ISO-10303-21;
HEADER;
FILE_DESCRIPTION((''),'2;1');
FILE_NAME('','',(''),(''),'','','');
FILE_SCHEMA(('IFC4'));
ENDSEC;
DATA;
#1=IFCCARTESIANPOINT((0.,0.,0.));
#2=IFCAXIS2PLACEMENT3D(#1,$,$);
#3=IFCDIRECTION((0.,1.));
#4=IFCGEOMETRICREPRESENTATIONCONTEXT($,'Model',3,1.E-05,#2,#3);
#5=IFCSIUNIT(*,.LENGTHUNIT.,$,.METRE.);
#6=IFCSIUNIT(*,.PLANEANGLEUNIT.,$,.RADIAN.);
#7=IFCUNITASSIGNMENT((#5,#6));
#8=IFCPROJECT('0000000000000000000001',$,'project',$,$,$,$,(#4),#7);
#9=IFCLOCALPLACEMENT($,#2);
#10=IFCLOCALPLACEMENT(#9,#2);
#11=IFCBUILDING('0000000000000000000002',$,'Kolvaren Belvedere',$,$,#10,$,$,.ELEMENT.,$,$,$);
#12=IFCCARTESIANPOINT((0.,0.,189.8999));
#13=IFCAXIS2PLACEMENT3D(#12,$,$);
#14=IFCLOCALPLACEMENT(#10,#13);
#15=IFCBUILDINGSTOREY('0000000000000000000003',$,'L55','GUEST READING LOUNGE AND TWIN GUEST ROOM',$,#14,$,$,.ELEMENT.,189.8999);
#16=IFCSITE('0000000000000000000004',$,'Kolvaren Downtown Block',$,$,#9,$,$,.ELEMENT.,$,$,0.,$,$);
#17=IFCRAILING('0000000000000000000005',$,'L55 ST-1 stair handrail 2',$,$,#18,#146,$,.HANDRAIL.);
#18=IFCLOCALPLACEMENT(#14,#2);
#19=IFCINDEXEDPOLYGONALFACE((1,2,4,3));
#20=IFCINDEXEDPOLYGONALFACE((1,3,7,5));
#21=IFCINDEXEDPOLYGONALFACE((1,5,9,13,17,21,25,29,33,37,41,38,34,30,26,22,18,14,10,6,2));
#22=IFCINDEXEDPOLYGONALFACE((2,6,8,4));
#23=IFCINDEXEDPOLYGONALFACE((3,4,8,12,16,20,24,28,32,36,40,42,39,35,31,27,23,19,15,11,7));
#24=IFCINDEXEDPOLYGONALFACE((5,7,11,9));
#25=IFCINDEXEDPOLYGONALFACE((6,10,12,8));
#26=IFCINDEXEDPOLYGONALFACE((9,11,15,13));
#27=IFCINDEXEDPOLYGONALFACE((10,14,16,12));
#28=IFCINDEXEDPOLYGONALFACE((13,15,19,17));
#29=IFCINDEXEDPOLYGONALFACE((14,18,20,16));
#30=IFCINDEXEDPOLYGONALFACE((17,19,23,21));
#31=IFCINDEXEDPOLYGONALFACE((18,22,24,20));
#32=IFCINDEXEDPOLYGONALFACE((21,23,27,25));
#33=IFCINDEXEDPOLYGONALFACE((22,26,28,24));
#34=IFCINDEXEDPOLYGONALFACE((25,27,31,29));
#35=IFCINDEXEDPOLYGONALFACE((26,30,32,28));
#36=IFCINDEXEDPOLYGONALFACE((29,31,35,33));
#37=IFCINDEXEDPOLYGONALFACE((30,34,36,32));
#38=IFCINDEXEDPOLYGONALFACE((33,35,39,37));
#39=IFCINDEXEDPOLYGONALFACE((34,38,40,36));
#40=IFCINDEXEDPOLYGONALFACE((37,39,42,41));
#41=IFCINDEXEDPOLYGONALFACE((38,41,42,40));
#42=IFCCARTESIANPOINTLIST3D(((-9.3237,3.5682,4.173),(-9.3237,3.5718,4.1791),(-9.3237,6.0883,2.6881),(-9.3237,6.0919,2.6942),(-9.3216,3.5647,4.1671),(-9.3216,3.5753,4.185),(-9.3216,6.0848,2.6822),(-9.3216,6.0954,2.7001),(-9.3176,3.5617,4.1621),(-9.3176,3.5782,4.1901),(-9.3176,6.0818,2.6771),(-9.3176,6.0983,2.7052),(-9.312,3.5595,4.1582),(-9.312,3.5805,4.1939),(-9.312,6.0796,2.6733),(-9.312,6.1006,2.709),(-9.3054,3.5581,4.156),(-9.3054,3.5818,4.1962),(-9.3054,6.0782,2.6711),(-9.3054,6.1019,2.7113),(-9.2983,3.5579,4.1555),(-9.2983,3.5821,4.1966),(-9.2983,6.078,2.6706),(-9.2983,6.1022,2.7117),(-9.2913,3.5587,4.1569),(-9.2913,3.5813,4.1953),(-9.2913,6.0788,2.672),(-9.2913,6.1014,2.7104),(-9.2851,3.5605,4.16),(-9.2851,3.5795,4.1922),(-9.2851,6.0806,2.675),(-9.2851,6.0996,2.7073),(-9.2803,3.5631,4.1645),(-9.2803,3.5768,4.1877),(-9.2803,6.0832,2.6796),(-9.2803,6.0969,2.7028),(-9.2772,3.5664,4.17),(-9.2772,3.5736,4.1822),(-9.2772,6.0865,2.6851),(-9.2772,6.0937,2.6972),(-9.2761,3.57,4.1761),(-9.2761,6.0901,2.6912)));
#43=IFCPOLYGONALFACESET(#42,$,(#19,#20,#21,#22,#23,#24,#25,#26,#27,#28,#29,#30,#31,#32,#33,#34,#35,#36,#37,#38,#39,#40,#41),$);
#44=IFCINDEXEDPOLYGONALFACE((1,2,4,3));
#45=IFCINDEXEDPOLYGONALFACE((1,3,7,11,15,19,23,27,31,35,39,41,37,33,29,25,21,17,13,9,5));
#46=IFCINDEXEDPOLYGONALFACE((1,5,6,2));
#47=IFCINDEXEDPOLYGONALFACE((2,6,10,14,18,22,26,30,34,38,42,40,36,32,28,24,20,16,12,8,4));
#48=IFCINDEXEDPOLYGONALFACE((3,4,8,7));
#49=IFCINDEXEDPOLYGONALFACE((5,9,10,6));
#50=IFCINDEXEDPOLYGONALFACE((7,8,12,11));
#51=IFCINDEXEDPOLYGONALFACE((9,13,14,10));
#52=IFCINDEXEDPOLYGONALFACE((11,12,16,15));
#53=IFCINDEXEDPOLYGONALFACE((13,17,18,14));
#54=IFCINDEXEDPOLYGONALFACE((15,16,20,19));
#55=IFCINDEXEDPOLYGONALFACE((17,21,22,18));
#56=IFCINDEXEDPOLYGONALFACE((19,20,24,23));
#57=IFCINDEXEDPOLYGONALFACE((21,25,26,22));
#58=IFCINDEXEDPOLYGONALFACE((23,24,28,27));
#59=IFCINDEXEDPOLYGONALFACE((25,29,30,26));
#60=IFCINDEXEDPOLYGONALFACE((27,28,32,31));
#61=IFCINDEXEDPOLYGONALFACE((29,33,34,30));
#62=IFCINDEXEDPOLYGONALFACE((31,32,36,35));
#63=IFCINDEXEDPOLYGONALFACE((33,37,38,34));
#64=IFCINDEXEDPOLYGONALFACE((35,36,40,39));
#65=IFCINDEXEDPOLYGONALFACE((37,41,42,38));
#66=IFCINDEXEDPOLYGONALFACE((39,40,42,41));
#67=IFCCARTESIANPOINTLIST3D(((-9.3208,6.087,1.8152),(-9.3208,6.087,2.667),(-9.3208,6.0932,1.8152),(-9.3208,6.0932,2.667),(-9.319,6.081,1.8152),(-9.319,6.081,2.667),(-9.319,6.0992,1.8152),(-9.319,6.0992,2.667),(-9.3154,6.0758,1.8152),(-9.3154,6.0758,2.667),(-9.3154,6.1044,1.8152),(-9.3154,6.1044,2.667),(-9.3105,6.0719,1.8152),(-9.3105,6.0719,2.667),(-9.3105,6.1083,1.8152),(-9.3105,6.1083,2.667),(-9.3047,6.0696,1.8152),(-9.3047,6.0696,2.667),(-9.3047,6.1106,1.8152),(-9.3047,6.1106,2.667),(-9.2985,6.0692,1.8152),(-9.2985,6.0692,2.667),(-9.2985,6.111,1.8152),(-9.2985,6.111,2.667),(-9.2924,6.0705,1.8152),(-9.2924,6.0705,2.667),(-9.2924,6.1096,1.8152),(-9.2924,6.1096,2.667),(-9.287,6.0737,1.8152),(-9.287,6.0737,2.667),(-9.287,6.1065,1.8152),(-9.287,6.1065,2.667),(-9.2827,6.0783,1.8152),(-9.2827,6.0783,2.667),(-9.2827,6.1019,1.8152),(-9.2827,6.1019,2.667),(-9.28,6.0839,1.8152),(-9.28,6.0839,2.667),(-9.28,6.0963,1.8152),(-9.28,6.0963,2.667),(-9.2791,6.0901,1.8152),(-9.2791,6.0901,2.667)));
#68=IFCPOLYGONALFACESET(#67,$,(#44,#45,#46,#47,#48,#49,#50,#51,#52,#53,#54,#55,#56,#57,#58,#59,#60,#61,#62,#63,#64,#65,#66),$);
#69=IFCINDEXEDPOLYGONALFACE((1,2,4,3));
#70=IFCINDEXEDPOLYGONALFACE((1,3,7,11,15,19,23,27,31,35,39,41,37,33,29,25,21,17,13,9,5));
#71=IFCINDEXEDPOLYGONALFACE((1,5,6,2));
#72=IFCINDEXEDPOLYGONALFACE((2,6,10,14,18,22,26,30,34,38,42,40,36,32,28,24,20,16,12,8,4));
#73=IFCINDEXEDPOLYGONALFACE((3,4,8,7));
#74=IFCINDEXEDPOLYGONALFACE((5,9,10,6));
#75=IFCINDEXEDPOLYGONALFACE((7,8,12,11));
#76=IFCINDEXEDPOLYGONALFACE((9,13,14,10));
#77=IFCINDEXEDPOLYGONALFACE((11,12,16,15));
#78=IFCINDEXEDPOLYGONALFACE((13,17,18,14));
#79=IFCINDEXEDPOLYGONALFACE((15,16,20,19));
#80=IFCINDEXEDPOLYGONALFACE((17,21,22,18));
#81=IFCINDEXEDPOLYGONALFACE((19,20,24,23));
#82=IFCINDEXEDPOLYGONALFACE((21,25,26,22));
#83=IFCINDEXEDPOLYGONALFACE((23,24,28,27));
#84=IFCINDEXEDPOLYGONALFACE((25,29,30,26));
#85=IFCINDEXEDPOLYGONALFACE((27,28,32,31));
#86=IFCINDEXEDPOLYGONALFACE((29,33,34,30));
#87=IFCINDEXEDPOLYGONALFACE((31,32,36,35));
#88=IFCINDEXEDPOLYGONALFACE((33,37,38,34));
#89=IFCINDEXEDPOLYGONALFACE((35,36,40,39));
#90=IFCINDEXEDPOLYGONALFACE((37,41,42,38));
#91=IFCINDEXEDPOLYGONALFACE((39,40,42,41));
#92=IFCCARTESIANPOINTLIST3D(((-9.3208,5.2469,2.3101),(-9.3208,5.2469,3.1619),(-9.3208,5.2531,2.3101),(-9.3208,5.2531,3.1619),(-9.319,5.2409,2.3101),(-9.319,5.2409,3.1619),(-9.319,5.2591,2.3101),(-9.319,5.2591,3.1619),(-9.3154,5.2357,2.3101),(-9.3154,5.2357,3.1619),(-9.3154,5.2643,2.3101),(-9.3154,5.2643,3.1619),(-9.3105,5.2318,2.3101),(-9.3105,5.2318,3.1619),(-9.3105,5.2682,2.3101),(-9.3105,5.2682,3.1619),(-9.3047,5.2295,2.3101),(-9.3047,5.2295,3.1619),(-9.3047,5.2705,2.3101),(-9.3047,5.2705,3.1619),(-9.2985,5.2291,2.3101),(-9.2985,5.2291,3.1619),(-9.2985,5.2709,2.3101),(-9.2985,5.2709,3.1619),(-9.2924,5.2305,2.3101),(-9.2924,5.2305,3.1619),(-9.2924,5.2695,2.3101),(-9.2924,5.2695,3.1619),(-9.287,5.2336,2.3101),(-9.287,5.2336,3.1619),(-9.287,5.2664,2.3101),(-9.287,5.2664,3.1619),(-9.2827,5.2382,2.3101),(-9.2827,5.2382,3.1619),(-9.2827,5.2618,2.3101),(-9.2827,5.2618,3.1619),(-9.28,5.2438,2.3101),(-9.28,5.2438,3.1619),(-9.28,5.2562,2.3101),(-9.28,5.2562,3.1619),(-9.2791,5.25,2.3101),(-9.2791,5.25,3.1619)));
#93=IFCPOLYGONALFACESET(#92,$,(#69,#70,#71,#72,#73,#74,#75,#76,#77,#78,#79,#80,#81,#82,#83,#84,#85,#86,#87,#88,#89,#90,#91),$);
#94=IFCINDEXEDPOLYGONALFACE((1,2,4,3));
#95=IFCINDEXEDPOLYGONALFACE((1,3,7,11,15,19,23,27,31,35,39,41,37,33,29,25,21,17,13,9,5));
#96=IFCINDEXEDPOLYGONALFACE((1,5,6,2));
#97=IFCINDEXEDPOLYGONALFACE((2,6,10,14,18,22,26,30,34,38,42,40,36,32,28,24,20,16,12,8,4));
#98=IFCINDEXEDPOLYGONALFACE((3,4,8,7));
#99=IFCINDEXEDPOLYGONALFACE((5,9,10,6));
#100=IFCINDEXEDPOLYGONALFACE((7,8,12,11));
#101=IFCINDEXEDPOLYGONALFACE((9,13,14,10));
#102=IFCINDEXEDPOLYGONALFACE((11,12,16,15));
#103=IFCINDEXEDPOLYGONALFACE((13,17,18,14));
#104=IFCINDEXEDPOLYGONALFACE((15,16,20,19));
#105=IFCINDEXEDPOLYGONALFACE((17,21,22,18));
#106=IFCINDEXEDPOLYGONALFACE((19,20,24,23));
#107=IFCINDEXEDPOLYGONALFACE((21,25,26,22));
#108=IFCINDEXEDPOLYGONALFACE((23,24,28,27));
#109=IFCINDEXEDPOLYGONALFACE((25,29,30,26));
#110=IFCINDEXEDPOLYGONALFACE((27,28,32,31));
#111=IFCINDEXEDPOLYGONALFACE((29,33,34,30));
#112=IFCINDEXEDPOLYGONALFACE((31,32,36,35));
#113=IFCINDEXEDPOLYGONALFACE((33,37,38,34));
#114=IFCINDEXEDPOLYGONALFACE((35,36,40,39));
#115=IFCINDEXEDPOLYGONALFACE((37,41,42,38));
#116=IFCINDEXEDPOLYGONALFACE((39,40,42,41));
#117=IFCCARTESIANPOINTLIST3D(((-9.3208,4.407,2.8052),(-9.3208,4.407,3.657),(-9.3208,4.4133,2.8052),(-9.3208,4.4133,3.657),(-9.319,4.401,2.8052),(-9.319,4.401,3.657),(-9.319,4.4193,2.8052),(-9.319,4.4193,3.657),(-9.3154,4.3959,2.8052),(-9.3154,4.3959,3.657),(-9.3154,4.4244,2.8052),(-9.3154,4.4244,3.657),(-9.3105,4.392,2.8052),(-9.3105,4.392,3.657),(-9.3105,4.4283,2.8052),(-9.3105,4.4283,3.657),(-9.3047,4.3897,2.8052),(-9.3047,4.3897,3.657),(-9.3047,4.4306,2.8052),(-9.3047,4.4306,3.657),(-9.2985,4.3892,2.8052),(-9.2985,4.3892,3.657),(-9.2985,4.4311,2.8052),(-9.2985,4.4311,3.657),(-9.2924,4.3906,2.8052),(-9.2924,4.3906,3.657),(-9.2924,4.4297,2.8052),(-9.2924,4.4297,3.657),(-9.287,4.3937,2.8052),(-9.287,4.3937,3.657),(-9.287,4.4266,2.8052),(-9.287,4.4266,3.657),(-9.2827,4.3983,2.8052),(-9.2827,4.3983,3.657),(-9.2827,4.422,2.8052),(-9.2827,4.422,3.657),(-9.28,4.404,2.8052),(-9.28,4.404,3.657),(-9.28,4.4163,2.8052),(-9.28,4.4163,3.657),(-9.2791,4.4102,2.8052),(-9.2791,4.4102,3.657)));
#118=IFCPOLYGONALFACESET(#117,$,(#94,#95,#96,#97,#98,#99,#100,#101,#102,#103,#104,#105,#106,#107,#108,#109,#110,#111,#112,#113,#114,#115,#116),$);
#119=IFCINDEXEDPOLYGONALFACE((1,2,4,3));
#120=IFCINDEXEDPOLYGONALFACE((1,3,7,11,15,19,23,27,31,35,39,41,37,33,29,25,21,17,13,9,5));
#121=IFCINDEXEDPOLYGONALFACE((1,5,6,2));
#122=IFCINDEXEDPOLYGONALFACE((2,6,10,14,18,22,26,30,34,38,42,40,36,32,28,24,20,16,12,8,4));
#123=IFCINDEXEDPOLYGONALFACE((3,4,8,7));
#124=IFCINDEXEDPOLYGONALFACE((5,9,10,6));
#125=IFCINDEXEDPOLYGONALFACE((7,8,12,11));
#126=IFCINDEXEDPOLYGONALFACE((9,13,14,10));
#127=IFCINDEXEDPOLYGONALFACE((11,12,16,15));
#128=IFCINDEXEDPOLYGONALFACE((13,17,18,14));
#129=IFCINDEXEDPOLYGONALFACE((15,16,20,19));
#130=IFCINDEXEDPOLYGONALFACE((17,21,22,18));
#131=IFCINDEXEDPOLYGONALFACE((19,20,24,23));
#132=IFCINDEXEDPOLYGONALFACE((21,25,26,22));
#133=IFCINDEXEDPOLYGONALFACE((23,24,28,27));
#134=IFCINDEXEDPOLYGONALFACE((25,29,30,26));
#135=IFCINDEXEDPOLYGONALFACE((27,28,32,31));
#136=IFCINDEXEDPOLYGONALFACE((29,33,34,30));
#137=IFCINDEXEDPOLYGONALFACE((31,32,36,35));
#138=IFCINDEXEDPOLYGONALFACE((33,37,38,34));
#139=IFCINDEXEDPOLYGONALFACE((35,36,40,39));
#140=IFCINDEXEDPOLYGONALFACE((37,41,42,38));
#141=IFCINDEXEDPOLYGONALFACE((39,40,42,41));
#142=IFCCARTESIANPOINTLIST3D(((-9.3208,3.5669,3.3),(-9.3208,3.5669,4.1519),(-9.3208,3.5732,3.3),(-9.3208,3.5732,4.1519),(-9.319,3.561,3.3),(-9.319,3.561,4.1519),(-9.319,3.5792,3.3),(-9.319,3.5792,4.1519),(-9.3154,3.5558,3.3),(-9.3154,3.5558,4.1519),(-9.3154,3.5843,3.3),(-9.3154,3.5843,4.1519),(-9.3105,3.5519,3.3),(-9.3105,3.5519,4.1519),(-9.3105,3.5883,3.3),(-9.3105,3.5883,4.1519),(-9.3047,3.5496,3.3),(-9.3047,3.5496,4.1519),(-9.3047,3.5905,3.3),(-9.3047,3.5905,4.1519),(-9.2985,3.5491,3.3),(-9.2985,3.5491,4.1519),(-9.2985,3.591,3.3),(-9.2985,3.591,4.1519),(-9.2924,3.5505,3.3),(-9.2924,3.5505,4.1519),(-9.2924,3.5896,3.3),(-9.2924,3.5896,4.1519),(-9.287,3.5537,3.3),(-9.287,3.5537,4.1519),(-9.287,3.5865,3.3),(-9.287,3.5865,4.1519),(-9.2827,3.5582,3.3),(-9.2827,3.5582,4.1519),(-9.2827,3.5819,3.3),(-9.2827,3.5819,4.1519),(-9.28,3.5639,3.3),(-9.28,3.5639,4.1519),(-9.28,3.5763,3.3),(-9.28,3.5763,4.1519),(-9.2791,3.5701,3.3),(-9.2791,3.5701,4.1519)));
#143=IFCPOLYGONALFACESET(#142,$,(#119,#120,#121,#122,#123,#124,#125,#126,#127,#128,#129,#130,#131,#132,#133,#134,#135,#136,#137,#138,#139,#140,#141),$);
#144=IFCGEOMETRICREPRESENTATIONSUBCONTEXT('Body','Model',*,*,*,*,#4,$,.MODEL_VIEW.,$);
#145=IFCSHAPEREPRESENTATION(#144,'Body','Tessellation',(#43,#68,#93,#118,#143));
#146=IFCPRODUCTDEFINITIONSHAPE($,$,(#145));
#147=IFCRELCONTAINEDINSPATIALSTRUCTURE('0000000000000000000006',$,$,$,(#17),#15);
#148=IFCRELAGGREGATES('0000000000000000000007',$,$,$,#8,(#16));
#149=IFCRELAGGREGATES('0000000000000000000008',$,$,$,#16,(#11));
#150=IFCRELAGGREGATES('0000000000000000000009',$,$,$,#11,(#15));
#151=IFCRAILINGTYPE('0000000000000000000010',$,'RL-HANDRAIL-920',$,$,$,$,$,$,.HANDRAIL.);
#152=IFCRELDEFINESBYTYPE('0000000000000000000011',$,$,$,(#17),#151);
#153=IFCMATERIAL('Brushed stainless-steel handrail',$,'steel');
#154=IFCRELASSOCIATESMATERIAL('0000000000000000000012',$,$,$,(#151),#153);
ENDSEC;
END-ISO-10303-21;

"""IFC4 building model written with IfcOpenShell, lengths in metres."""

from ifc_helpers import new_model, si_unit, direction, frame, origin, origin_2d, place, context, subcontext, project, spatial, circle, extrude, material, type_object, element, save


model = new_model("IFC4")

# Units and contexts
model_context = context("Model", 3, precision=1e-05, world=origin(), true_north=direction((0.0, 1.0)))
body_context = subcontext(model_context, "Body", "Model", "MODEL_VIEW")
ifc_project = project(units=[si_unit("LENGTHUNIT", "METRE"), si_unit("PLANEANGLEUNIT", "RADIAN")], contexts=[model_context])

# Site, building, storey
site_placement = place(None, origin())
site = spatial("IfcSite", under=ifc_project, at=site_placement, Name="Kolvaren Downtown Block", CompositionType="ELEMENT", RefElevation=0.0)
building_placement = place(site_placement, origin())
building = spatial("IfcBuilding", under=site, at=building_placement, Name="Kolvaren Belvedere", CompositionType="ELEMENT")
storey_placement = place(building_placement, frame((0.0, 0.0, 189.8999)))
storey = spatial("IfcBuildingStorey", under=building, at=storey_placement, Name="L55", Description="GUEST READING LOUNGE AND TWIN GUEST ROOM", CompositionType="ELEMENT", Elevation=189.8999)

# Railing
ifc_material_1 = material(Name="Brushed stainless-steel handrail", Category="steel")
railing_type_1 = type_object("IfcRailingType", Name="RL-HANDRAIL-920", PredefinedType="HANDRAIL", material=ifc_material_1)
railing_1_placement = place(storey_placement, frame((-9.3, 6.0901, 1.8152)))
element("IfcRailing", 1, at=railing_1_placement, inside=storey, type_object=railing_type_1, Name="L55 ST-1 stair handrail 2", PredefinedType="HANDRAIL", context=body_context, shape_type="SweptSolid", body=[
    extrude(circle(Radius=0.0239, at=origin_2d()), frame((0.0, 0.0, 0.876), z_axis=(0.0, -0.861561, 0.507655), x_axis=(1.0, 0.0, 0.0)), (0.0, 0.0, 1.0), 2.925),
    extrude(circle(Radius=0.021, at=origin_2d()), origin(), (0.0, 0.0, 1.0), 0.8518),
    extrude(circle(Radius=0.021, at=origin_2d()), frame((0.0, -0.8401, 0.4949)), (0.0, 0.0, 1.0), 0.8518),
    extrude(circle(Radius=0.021, at=origin_2d()), frame((0.0, -1.6799, 0.99)), (0.0, 0.0, 1.0), 0.8518),
    extrude(circle(Radius=0.021, at=origin_2d()), frame((0.0, -2.52, 1.4849)), (0.0, 0.0, 1.0), 0.8518),
])

save(model, "model.ifc")
